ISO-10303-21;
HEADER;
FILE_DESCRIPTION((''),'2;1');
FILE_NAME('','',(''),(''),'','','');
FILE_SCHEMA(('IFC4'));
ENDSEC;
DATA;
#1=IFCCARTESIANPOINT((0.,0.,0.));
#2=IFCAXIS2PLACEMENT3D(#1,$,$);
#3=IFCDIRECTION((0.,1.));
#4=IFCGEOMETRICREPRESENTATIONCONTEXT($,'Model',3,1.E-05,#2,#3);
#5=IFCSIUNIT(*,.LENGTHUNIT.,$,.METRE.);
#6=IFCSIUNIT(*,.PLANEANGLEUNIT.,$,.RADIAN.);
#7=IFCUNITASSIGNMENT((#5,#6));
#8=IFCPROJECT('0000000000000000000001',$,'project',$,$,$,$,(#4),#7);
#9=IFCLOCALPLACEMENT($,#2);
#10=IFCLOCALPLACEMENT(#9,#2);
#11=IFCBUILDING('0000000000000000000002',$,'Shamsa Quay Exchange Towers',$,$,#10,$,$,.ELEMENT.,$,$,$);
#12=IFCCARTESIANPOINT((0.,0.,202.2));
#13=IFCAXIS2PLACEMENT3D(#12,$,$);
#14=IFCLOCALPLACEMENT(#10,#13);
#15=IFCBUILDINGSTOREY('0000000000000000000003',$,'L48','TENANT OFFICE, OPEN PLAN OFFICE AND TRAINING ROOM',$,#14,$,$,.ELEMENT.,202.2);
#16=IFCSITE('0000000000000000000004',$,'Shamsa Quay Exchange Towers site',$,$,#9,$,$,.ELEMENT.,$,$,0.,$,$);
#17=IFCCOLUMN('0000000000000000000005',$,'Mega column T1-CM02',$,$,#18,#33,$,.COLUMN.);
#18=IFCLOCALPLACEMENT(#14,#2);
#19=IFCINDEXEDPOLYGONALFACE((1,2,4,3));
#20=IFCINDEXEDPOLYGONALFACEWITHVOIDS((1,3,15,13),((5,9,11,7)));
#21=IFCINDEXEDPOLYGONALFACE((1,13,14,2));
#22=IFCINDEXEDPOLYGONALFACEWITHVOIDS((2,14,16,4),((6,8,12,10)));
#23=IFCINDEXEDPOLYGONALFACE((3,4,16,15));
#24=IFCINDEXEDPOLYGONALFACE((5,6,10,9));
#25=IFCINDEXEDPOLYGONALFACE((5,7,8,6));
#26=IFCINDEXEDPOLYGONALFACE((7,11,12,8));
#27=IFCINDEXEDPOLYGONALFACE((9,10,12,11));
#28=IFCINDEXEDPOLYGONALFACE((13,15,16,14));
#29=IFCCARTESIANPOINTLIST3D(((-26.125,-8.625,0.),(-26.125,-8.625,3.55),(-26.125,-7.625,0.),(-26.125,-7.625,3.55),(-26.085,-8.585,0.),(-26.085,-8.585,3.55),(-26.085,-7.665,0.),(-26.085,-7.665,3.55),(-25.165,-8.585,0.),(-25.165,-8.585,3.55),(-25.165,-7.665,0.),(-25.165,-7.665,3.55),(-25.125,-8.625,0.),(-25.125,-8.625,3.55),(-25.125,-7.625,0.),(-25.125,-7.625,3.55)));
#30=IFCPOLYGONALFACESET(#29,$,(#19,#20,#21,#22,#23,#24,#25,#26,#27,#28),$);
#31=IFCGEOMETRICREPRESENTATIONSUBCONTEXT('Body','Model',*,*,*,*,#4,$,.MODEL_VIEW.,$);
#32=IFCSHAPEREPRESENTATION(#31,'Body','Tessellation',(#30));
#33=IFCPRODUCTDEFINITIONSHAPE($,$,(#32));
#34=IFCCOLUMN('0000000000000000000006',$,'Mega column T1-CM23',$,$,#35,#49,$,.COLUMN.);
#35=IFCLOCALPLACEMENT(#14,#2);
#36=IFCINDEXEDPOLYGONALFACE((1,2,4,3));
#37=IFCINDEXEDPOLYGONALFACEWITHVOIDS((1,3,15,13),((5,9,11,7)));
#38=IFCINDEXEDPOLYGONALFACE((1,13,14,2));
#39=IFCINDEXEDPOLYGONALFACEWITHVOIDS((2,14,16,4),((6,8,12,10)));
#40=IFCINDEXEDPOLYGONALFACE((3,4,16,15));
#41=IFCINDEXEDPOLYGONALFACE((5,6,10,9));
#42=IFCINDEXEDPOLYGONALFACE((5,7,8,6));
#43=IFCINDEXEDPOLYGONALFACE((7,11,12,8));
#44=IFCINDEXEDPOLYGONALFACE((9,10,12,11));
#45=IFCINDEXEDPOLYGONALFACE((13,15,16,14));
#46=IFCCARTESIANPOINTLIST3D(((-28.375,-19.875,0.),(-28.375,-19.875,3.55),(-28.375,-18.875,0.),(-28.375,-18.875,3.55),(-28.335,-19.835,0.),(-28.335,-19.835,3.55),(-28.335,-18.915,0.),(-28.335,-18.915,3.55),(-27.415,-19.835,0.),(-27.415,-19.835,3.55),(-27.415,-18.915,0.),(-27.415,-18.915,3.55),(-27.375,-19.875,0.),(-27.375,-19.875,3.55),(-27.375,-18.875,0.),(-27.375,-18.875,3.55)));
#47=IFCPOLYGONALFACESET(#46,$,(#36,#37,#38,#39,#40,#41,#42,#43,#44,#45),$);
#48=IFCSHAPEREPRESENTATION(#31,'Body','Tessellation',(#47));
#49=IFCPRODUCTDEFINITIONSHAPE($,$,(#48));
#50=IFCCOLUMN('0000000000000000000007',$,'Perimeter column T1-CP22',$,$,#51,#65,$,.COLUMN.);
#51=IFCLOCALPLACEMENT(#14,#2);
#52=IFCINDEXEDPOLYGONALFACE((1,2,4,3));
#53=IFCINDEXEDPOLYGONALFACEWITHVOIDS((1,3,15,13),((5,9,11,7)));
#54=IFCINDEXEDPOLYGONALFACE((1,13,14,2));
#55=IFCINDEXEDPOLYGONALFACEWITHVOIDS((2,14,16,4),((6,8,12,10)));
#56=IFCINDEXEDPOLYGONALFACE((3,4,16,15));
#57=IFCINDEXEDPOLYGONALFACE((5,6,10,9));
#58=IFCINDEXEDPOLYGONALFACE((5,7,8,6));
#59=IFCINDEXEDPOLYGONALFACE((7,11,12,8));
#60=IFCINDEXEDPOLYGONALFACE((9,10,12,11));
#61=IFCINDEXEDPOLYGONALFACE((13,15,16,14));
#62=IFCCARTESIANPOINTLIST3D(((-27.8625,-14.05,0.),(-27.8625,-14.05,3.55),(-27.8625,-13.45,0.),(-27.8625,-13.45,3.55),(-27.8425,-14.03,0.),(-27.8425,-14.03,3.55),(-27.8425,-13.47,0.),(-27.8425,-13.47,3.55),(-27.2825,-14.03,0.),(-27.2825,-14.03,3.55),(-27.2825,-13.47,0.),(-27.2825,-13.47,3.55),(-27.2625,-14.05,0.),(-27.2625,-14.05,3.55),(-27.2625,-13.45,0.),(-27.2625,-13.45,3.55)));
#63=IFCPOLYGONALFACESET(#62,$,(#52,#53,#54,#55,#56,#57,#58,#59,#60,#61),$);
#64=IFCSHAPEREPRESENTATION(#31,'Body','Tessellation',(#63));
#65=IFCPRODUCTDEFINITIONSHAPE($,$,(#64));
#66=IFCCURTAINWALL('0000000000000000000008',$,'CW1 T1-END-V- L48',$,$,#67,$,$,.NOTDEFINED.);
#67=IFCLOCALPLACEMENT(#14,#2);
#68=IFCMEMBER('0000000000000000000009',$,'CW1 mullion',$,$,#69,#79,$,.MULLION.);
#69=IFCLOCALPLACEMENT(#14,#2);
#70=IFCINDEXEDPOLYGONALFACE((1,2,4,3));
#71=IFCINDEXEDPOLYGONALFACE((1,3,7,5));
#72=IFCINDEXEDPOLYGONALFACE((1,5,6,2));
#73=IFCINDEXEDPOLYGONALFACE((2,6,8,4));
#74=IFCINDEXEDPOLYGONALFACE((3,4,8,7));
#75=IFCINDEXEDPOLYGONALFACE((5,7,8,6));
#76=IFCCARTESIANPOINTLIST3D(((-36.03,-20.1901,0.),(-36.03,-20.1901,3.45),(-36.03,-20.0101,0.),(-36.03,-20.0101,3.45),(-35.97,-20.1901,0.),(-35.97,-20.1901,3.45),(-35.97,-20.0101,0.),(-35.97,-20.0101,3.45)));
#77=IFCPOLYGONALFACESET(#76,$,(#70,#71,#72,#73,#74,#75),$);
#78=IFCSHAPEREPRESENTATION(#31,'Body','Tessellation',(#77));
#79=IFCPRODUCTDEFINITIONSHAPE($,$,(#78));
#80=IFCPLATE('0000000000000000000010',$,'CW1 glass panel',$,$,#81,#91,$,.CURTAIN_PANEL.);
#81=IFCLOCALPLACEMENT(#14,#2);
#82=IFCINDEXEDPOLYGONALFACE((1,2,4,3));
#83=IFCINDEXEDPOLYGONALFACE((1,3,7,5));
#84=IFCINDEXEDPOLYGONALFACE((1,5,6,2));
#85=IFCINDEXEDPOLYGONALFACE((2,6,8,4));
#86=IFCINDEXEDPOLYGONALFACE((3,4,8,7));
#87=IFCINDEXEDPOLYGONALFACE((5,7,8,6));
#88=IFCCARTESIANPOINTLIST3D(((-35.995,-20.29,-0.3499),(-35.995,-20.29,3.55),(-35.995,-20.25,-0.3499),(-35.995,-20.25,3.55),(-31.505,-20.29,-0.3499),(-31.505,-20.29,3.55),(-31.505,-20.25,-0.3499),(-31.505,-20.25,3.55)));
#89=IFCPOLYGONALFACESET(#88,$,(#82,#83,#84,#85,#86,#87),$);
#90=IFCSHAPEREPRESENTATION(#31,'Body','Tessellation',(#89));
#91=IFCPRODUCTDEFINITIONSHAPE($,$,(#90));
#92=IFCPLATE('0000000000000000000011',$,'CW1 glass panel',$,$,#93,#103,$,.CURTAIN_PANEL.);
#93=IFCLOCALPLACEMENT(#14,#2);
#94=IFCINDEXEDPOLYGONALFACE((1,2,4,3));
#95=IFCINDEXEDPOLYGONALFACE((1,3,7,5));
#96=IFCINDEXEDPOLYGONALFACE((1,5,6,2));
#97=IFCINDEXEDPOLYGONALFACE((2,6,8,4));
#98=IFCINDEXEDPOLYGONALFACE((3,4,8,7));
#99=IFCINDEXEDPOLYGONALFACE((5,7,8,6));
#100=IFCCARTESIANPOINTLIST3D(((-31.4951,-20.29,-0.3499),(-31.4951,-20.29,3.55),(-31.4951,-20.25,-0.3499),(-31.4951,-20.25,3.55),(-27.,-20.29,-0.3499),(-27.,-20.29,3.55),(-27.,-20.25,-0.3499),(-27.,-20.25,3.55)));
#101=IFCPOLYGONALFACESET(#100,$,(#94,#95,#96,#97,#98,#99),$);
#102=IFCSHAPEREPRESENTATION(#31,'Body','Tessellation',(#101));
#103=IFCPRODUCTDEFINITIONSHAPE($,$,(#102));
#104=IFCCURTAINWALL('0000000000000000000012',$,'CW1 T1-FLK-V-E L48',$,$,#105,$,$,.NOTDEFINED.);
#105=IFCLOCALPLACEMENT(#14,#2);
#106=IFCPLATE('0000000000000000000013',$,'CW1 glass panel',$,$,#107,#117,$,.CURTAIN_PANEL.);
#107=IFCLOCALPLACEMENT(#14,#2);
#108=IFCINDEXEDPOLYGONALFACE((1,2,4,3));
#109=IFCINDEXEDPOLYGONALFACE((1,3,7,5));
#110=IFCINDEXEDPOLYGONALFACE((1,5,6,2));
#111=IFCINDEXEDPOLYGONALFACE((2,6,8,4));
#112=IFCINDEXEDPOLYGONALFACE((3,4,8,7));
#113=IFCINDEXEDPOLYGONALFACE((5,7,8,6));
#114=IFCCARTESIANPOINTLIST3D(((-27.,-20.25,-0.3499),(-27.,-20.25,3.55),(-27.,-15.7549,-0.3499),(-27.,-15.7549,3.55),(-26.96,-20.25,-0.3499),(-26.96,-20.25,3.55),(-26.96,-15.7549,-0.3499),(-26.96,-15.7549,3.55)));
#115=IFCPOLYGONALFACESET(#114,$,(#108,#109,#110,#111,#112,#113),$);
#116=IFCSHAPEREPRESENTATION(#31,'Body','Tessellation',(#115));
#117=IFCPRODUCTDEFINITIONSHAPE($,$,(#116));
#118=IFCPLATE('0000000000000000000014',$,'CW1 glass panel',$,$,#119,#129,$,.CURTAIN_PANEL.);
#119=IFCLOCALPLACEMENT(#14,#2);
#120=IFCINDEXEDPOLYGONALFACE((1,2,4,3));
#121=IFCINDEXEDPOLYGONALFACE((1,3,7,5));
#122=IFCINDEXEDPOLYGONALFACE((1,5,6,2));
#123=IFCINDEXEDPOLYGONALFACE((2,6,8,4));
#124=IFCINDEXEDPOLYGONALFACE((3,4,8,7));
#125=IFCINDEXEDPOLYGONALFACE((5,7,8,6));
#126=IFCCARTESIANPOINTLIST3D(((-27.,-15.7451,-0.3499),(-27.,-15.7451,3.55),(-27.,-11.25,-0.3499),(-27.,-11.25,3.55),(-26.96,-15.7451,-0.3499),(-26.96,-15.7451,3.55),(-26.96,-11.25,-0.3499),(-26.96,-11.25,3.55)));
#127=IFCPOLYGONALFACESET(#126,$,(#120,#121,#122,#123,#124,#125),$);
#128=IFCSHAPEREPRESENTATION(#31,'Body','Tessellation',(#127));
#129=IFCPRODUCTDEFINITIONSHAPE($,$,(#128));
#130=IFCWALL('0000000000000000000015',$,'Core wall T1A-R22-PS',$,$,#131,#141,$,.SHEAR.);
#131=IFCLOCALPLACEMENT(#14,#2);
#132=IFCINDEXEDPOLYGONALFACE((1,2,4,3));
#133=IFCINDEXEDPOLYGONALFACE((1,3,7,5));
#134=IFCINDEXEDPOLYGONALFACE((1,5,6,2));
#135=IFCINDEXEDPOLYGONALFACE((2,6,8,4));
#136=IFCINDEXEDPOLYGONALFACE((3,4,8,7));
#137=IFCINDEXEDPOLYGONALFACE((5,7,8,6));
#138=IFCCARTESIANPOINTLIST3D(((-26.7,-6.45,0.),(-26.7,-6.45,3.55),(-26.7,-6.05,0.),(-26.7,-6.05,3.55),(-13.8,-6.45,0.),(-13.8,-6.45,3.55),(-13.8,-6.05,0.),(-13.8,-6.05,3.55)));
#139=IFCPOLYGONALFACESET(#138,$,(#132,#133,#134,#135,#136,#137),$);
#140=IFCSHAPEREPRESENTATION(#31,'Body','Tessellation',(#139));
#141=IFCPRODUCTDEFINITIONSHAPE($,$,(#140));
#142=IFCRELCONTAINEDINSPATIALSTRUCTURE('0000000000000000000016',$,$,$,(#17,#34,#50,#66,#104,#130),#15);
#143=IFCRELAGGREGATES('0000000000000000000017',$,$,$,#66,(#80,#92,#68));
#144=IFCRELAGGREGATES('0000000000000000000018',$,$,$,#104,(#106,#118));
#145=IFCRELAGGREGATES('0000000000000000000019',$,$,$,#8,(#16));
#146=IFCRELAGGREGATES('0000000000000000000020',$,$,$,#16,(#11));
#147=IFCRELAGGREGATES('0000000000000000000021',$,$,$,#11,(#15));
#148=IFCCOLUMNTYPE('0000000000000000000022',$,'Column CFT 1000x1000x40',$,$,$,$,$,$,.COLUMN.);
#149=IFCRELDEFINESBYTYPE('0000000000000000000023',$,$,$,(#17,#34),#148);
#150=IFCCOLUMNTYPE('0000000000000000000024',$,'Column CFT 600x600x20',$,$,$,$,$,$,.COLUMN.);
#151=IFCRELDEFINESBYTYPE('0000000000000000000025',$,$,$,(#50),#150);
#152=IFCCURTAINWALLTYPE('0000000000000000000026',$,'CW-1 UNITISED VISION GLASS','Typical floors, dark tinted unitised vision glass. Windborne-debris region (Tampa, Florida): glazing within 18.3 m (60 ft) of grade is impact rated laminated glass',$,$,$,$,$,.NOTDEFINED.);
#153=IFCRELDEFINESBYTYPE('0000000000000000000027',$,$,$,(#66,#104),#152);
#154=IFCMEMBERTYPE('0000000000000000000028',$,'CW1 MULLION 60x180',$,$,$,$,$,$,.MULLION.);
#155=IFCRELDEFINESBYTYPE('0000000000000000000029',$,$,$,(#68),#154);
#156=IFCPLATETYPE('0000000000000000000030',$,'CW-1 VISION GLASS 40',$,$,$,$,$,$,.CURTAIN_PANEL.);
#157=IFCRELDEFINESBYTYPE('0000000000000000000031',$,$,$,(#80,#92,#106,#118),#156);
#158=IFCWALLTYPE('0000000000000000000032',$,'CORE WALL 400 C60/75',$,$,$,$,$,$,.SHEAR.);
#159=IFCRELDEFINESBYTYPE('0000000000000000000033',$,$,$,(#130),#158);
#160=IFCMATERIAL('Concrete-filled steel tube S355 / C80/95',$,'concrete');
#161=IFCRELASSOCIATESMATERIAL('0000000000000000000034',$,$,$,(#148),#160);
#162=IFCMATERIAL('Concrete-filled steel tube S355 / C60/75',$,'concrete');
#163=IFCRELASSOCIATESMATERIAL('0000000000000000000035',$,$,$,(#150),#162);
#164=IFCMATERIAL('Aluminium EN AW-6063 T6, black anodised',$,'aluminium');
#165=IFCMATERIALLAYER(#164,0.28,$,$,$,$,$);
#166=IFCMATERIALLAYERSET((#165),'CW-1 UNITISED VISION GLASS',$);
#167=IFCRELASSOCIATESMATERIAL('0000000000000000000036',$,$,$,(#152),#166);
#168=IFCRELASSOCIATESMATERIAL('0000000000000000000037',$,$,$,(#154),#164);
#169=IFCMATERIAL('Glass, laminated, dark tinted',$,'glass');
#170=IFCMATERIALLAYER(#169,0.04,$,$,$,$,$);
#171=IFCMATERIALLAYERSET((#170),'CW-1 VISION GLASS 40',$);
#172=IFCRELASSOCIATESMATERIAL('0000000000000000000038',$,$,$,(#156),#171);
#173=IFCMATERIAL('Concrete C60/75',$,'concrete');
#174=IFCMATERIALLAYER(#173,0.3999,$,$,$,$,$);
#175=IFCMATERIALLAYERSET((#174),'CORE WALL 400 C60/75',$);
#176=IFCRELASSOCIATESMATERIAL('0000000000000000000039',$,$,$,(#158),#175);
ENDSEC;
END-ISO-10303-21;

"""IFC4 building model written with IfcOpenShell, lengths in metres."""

from ifc_helpers import new_model, si_unit, direction, frame, frame_2d, origin, origin_2d, place, context, subcontext, project, spatial, rectangle, hollow_rectangle, extrude, material, layer, layer_set, material_profile, profile_set, type_object, element, aggregate, save


model = new_model("IFC4")

# Units and contexts
model_context = context("Model", 3, precision=1e-05, world=origin(), true_north=direction((0.0, 1.0)))
body_context = subcontext(model_context, "Body", "Model", "MODEL_VIEW")
ifc_project = project(units=[si_unit("LENGTHUNIT", "METRE"), si_unit("PLANEANGLEUNIT", "RADIAN")], contexts=[model_context])

# Site, building, storey
site_placement = place(None, origin())
site = spatial("IfcSite", under=ifc_project, at=site_placement, Name="Shamsa Quay Exchange Towers site", CompositionType="ELEMENT", RefElevation=0.0)
building_placement = place(site_placement, origin())
building = spatial("IfcBuilding", under=site, at=building_placement, Name="Shamsa Quay Exchange Towers", CompositionType="ELEMENT")
storey_placement = place(building_placement, frame((0.0, 0.0, 202.2)))
storey = spatial("IfcBuildingStorey", under=building, at=storey_placement, Name="L48", Description="TENANT OFFICE, OPEN PLAN OFFICE AND TRAINING ROOM", CompositionType="ELEMENT", Elevation=202.2)

# Columns
ifc_material_1 = material(Name="Concrete-filled steel tube S355 / C80/95", Category="concrete")
ifc_material_profile_1 = material_profile(ifc_material_1, hollow_rectangle(XDim=1.0, YDim=1.0, WallThickness=0.04, at=origin_2d()), Name="CFT 1000x1000x40")
ifc_profile_set_1 = profile_set([ifc_material_profile_1], Name="Concrete-filled steel tube S355 / C80/95")
column_type_1 = type_object("IfcColumnType", Name="Column CFT 1000x1000x40", PredefinedType="COLUMN", material=ifc_profile_set_1)
for number, where, name in (
    (1, (-25.625, -8.125, 0.0), "Mega column T1-CM02"),
    (2, (-27.875, -19.375, 0.0), "Mega column T1-CM23"),
):
    element("IfcColumn", number, at=place(storey_placement, frame(where)), inside=storey, type_object=column_type_1, Name=name, PredefinedType="COLUMN", context=body_context, shape_type="SweptSolid", body=[
        extrude(hollow_rectangle(XDim=1.0, YDim=1.0, WallThickness=0.04, at=origin_2d()), origin(), (0.0, 0.0, 1.0), 3.55),
    ])
ifc_material_2 = material(Name="Concrete-filled steel tube S355 / C60/75", Category="concrete")
ifc_material_profile_2 = material_profile(ifc_material_2, hollow_rectangle(XDim=0.6001, YDim=0.6001, WallThickness=0.02, at=origin_2d()), Name="CFT 600x600x20")
ifc_profile_set_2 = profile_set([ifc_material_profile_2], Name="Concrete-filled steel tube S355 / C60/75")
column_type_2 = type_object("IfcColumnType", Name="Column CFT 600x600x20", PredefinedType="COLUMN", material=ifc_profile_set_2)
column_placement = place(storey_placement, frame((-27.5625, -13.75, 0.0)))
element("IfcColumn", 3, at=column_placement, inside=storey, type_object=column_type_2, Name="Perimeter column T1-CP22", PredefinedType="COLUMN", context=body_context, shape_type="SweptSolid", body=[
    extrude(hollow_rectangle(XDim=0.6001, YDim=0.6001, WallThickness=0.02, at=origin_2d()), origin(), (0.0, 0.0, 1.0), 3.55),
])

# Curtain wall, member, plates
ifc_material_3 = material(Name="Aluminium EN AW-6063 T6, black anodised", Category="aluminium")
ifc_layer_1 = layer(ifc_material_3, 0.28)
ifc_layer_set_1 = layer_set([ifc_layer_1], Name="CW-1 UNITISED VISION GLASS")
curtain_wall_type = type_object("IfcCurtainWallType", Name="CW-1 UNITISED VISION GLASS", Description="Typical floors, dark tinted unitised vision glass. Windborne-debris region (Tampa, Florida): glazing within 18.3 m (60 ft) of grade is impact rated laminated glass", PredefinedType="NOTDEFINED", material=ifc_layer_set_1)
curtain_wall_1_placement = place(storey_placement, origin())
curtain_wall_1 = element("IfcCurtainWall", 4, at=curtain_wall_1_placement, inside=storey, type_object=curtain_wall_type, Name="CW1 T1-END-V- L48", PredefinedType="NOTDEFINED")
ifc_material_profile_3 = material_profile(ifc_material_3, rectangle(XDim=0.1799, YDim=0.0601, at=origin_2d()), Name="MU60x180")
ifc_profile_set_3 = profile_set([ifc_material_profile_3], Name="Aluminium EN AW-6063 T6, black anodised")
member_type = type_object("IfcMemberType", Name="CW1 MULLION 60x180", PredefinedType="MULLION", material=ifc_profile_set_3)
member_placement = place(storey_placement, frame((-36.0, -20.1001, 0.0), z_axis=(0.0, 0.0, 1.0), x_axis=(0.0, 1.0, 0.0)))
member = element("IfcMember", 5, at=member_placement, type_object=member_type, Name="CW1 mullion", PredefinedType="MULLION", context=body_context, shape_type="SweptSolid", body=[
    extrude(rectangle(XDim=0.1799, YDim=0.0601, at=origin_2d()), origin(), (0.0, 0.0, 1.0), 3.45),
])
ifc_material_4 = material(Name="Glass, laminated, dark tinted", Category="glass")
ifc_layer_2 = layer(ifc_material_4, 0.04)
ifc_layer_set_2 = layer_set([ifc_layer_2], Name="CW-1 VISION GLASS 40")
plate_type = type_object("IfcPlateType", Name="CW-1 VISION GLASS 40", PredefinedType="CURTAIN_PANEL", material=ifc_layer_set_2)
plate_1_placement = place(storey_placement, frame((-33.75, -20.27, -0.3499)))
plate_1 = element("IfcPlate", 6, at=plate_1_placement, type_object=plate_type, Name="CW1 glass panel", PredefinedType="CURTAIN_PANEL", context=body_context, shape_type="SweptSolid", body=[
    extrude(rectangle(XDim=4.49, YDim=0.04, at=origin_2d()), origin(), (0.0, 0.0, 1.0), 3.8999),
])
plate_2_placement = place(storey_placement, frame((-29.2476, -20.27, -0.3499)))
plate_2 = element("IfcPlate", 7, at=plate_2_placement, type_object=plate_type, Name="CW1 glass panel", PredefinedType="CURTAIN_PANEL", context=body_context, shape_type="SweptSolid", body=[
    extrude(rectangle(XDim=4.4951, YDim=0.04, at=origin_2d()), origin(), (0.0, 0.0, 1.0), 3.8999),
])
aggregate(curtain_wall_1, [plate_1, plate_2, member])

# Curtain wall, plates
curtain_wall_2_placement = place(storey_placement, origin())
curtain_wall_2 = element("IfcCurtainWall", 8, at=curtain_wall_2_placement, inside=storey, type_object=curtain_wall_type, Name="CW1 T1-FLK-V-E L48", PredefinedType="NOTDEFINED")
plate_3_placement = place(storey_placement, frame((-26.98, -18.0024, -0.3499), z_axis=(0.0, 0.0, 1.0), x_axis=(0.0, 1.0, 0.0)))
plate_3 = element("IfcPlate", 9, at=plate_3_placement, type_object=plate_type, Name="CW1 glass panel", PredefinedType="CURTAIN_PANEL", context=body_context, shape_type="SweptSolid", body=[
    extrude(rectangle(XDim=4.4951, YDim=0.04, at=origin_2d()), origin(), (0.0, 0.0, 1.0), 3.8999),
])
plate_4_placement = place(storey_placement, frame((-26.98, -13.4976, -0.3499), z_axis=(0.0, 0.0, 1.0), x_axis=(0.0, 1.0, 0.0)))
plate_4 = element("IfcPlate", 10, at=plate_4_placement, type_object=plate_type, Name="CW1 glass panel", PredefinedType="CURTAIN_PANEL", context=body_context, shape_type="SweptSolid", body=[
    extrude(rectangle(XDim=4.4951, YDim=0.04, at=origin_2d()), origin(), (0.0, 0.0, 1.0), 3.8999),
])
aggregate(curtain_wall_2, [plate_3, plate_4])

# Wall
ifc_material_5 = material(Name="Concrete C60/75", Category="concrete")
ifc_layer_3 = layer(ifc_material_5, 0.3999)
ifc_layer_set_3 = layer_set([ifc_layer_3], Name="CORE WALL 400 C60/75")
wall_type_1 = type_object("IfcWallType", Name="CORE WALL 400 C60/75", PredefinedType="SHEAR", material=ifc_layer_set_3)
wall_1_placement = place(storey_placement, frame((-26.7, -6.25, 0.0)))
element("IfcWall", 11, at=wall_1_placement, inside=storey, type_object=wall_type_1, Name="Core wall T1A-R22-PS", PredefinedType="SHEAR", context=body_context, shape_type="SweptSolid", body=[
    extrude(rectangle(XDim=12.8999, YDim=0.3999, at=frame_2d((6.45, 0.0))), origin(), (0.0, 0.0, 1.0), 3.55),
])

save(model, "model.ifc")
